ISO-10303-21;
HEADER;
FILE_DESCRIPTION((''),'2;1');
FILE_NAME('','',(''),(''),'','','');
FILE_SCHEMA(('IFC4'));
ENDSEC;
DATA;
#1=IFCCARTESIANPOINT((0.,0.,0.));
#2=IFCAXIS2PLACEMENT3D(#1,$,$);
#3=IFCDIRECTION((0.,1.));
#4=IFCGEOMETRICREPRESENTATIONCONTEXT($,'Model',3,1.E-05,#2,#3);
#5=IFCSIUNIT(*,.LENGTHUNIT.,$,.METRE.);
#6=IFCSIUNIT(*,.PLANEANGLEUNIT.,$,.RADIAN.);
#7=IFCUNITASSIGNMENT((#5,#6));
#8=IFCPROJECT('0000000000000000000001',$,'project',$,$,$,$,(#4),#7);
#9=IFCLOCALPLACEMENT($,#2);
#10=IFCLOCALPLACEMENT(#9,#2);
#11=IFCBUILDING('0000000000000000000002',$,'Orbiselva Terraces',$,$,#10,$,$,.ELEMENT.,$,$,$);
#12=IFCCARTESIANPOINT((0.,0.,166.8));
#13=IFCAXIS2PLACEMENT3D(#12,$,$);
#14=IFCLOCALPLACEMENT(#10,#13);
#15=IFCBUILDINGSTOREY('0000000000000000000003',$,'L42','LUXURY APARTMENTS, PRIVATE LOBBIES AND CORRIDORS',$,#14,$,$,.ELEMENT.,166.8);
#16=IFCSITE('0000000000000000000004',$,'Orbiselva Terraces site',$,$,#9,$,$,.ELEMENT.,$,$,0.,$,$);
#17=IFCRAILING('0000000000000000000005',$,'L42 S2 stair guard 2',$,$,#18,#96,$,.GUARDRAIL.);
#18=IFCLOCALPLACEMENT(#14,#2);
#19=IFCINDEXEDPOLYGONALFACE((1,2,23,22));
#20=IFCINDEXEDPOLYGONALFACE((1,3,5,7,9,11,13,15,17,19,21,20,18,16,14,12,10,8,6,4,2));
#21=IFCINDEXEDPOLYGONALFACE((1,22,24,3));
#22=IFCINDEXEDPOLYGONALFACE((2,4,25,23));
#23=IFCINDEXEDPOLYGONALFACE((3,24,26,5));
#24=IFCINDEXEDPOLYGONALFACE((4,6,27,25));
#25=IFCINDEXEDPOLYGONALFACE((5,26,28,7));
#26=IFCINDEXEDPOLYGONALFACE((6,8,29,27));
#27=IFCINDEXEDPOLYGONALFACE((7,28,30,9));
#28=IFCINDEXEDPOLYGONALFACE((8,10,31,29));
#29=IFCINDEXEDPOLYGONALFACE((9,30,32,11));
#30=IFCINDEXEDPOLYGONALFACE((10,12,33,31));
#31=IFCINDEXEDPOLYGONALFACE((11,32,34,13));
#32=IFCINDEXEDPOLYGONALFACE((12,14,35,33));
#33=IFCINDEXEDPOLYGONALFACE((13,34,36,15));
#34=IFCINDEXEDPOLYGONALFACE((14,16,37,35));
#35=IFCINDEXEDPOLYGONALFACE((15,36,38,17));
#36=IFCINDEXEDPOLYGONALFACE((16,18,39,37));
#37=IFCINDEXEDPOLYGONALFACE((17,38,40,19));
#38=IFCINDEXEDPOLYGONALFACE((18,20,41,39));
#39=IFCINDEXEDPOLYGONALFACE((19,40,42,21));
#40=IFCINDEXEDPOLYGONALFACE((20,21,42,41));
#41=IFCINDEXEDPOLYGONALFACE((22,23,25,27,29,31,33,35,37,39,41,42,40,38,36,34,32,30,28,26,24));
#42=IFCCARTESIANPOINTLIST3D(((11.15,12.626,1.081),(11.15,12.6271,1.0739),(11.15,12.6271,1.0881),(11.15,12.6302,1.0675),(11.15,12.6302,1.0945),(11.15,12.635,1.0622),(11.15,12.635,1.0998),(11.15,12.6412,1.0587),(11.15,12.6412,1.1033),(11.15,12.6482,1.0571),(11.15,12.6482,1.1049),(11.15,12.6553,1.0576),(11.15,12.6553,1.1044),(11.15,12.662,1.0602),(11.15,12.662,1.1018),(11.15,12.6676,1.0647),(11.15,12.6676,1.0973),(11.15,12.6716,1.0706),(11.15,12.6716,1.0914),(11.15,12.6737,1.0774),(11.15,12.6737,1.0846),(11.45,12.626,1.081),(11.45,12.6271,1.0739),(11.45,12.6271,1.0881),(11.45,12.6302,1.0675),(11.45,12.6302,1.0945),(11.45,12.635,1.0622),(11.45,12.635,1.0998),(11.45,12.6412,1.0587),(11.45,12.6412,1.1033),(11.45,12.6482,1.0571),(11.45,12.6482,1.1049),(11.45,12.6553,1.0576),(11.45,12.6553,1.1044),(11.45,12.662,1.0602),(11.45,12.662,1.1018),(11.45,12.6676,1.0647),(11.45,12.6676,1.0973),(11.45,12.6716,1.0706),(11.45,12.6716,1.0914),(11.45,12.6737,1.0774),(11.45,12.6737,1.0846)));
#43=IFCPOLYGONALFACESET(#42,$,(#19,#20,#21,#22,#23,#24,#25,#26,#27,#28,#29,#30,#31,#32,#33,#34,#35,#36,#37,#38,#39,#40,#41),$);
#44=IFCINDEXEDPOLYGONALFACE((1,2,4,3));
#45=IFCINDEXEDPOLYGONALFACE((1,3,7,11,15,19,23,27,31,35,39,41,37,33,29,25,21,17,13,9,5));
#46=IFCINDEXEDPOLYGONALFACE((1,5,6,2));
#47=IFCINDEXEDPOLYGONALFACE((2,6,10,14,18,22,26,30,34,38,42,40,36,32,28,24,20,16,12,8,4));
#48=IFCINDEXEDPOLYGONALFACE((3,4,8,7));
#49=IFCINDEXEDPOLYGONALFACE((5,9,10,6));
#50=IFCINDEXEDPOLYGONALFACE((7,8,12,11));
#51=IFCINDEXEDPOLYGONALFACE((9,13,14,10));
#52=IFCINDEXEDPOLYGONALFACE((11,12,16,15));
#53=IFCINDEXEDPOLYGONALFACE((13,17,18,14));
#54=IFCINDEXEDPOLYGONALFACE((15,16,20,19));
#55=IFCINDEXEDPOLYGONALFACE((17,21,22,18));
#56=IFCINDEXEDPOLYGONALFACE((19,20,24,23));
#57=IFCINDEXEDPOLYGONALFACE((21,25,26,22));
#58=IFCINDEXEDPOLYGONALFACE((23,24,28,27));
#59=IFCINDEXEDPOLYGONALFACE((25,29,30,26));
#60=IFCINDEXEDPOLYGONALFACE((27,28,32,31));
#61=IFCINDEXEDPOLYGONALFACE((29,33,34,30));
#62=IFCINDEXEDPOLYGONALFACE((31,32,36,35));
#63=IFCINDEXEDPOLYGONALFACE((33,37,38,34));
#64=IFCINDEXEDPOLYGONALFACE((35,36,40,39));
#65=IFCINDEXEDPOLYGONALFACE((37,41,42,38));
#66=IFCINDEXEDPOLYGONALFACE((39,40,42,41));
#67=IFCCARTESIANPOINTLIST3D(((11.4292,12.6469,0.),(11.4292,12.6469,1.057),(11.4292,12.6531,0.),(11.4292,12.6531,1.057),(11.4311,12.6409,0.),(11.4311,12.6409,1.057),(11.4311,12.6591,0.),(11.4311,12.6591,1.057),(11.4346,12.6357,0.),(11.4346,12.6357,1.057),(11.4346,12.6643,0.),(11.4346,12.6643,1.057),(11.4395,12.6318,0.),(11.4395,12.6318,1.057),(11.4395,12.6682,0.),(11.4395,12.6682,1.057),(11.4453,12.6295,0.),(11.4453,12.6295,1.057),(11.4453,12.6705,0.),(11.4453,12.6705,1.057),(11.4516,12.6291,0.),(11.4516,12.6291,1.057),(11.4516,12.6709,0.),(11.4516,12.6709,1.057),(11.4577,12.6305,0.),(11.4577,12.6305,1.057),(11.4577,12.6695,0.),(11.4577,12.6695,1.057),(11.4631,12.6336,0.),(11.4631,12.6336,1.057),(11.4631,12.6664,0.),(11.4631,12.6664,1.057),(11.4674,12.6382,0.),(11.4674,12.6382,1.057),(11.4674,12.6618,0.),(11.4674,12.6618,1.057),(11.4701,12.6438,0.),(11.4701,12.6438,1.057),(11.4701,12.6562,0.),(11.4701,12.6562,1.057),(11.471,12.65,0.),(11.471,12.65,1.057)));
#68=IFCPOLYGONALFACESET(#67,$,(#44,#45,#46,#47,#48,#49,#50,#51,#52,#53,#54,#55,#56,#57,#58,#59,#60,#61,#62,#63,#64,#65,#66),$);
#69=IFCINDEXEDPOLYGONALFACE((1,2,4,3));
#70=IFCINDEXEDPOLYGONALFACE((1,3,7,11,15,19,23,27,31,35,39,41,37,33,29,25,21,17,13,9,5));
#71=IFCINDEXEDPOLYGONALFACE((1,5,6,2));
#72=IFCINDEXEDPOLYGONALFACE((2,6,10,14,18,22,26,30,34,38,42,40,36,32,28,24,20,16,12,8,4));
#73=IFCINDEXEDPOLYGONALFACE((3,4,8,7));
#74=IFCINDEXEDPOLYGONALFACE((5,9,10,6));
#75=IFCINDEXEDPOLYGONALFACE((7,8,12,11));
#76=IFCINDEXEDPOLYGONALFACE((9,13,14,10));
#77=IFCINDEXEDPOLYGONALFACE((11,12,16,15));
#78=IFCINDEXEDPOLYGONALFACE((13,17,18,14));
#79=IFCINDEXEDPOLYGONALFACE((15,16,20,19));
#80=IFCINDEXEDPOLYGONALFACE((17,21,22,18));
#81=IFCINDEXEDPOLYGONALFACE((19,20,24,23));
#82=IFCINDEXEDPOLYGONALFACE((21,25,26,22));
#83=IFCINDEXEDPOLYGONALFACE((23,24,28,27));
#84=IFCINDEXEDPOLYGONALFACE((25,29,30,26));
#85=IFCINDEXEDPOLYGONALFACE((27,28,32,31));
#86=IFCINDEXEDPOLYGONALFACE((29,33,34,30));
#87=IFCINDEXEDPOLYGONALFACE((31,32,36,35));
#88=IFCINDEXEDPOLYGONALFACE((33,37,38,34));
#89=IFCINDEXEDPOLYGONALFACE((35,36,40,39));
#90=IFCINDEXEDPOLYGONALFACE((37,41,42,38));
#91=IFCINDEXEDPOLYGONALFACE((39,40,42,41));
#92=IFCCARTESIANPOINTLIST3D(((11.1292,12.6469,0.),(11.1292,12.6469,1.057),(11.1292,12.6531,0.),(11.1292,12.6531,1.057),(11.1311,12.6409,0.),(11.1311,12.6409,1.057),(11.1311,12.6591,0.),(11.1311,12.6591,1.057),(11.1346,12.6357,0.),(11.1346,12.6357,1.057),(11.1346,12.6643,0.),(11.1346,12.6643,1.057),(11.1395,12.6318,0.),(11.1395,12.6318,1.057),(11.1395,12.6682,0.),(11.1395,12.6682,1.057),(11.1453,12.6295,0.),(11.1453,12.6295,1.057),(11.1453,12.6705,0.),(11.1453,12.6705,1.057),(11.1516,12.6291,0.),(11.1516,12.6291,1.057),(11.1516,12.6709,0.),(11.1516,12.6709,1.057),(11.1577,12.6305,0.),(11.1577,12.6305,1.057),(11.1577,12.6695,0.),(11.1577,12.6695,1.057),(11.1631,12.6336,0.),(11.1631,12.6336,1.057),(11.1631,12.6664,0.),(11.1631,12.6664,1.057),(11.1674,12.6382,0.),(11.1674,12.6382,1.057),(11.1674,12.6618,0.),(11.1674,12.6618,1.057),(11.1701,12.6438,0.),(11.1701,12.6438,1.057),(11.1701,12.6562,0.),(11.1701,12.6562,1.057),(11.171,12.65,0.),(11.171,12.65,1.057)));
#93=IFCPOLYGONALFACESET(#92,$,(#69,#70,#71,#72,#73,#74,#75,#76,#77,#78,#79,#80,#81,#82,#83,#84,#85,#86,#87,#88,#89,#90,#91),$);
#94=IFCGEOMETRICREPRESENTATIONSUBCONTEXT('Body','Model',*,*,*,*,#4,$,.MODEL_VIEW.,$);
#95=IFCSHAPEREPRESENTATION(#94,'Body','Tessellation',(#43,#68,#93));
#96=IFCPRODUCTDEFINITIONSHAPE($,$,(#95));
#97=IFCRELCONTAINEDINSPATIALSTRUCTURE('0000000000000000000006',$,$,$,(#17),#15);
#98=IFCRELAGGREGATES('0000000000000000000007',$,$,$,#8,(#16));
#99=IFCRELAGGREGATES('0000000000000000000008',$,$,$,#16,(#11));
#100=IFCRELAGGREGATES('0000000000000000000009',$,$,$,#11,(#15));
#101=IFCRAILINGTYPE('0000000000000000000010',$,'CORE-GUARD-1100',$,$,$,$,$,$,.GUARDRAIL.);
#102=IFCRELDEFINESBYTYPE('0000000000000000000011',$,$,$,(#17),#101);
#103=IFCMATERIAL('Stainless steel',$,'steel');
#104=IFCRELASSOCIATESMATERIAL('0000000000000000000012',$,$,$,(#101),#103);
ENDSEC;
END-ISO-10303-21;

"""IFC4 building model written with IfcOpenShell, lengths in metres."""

from ifc_helpers import new_model, si_unit, direction, frame, origin, origin_2d, place, context, subcontext, project, spatial, circle, extrude, material, type_object, element, save


model = new_model("IFC4")

# Units and contexts
model_context = context("Model", 3, precision=1e-05, world=origin(), true_north=direction((0.0, 1.0)))
body_context = subcontext(model_context, "Body", "Model", "MODEL_VIEW")
ifc_project = project(units=[si_unit("LENGTHUNIT", "METRE"), si_unit("PLANEANGLEUNIT", "RADIAN")], contexts=[model_context])

# Site, building, storey
site_placement = place(None, origin())
site = spatial("IfcSite", under=ifc_project, at=site_placement, Name="Orbiselva Terraces site", CompositionType="ELEMENT", RefElevation=0.0)
building_placement = place(site_placement, origin())
building = spatial("IfcBuilding", under=site, at=building_placement, Name="Orbiselva Terraces", CompositionType="ELEMENT")
storey_placement = place(building_placement, frame((0.0, 0.0, 166.8)))
storey = spatial("IfcBuildingStorey", under=building, at=storey_placement, Name="L42", Description="LUXURY APARTMENTS, PRIVATE LOBBIES AND CORRIDORS", CompositionType="ELEMENT", Elevation=166.8)

# Railing
ifc_material_1 = material(Name="Stainless steel", Category="steel")
railing_type_1 = type_object("IfcRailingType", Name="CORE-GUARD-1100", PredefinedType="GUARDRAIL", material=ifc_material_1)
railing_1_placement = place(storey_placement, frame((11.45, 12.65, 0.0)))
element("IfcRailing", 1, at=railing_1_placement, inside=storey, type_object=railing_type_1, Name="L42 S2 stair guard 2", PredefinedType="GUARDRAIL", context=body_context, shape_type="SweptSolid", body=[
    extrude(circle(Radius=0.024, at=origin_2d()), frame((0.0, 0.0, 1.081), z_axis=(-1.0, 0.0, 0.0), x_axis=(0.0, -1.0, 0.0)), (0.0, 0.0, 1.0), 0.3),
    extrude(circle(Radius=0.021, at=origin_2d()), origin(), (0.0, 0.0, 1.0), 1.057),
    extrude(circle(Radius=0.021, at=origin_2d()), frame((-0.3, 0.0, 0.0)), (0.0, 0.0, 1.0), 1.057),
])

save(model, "model.ifc")
